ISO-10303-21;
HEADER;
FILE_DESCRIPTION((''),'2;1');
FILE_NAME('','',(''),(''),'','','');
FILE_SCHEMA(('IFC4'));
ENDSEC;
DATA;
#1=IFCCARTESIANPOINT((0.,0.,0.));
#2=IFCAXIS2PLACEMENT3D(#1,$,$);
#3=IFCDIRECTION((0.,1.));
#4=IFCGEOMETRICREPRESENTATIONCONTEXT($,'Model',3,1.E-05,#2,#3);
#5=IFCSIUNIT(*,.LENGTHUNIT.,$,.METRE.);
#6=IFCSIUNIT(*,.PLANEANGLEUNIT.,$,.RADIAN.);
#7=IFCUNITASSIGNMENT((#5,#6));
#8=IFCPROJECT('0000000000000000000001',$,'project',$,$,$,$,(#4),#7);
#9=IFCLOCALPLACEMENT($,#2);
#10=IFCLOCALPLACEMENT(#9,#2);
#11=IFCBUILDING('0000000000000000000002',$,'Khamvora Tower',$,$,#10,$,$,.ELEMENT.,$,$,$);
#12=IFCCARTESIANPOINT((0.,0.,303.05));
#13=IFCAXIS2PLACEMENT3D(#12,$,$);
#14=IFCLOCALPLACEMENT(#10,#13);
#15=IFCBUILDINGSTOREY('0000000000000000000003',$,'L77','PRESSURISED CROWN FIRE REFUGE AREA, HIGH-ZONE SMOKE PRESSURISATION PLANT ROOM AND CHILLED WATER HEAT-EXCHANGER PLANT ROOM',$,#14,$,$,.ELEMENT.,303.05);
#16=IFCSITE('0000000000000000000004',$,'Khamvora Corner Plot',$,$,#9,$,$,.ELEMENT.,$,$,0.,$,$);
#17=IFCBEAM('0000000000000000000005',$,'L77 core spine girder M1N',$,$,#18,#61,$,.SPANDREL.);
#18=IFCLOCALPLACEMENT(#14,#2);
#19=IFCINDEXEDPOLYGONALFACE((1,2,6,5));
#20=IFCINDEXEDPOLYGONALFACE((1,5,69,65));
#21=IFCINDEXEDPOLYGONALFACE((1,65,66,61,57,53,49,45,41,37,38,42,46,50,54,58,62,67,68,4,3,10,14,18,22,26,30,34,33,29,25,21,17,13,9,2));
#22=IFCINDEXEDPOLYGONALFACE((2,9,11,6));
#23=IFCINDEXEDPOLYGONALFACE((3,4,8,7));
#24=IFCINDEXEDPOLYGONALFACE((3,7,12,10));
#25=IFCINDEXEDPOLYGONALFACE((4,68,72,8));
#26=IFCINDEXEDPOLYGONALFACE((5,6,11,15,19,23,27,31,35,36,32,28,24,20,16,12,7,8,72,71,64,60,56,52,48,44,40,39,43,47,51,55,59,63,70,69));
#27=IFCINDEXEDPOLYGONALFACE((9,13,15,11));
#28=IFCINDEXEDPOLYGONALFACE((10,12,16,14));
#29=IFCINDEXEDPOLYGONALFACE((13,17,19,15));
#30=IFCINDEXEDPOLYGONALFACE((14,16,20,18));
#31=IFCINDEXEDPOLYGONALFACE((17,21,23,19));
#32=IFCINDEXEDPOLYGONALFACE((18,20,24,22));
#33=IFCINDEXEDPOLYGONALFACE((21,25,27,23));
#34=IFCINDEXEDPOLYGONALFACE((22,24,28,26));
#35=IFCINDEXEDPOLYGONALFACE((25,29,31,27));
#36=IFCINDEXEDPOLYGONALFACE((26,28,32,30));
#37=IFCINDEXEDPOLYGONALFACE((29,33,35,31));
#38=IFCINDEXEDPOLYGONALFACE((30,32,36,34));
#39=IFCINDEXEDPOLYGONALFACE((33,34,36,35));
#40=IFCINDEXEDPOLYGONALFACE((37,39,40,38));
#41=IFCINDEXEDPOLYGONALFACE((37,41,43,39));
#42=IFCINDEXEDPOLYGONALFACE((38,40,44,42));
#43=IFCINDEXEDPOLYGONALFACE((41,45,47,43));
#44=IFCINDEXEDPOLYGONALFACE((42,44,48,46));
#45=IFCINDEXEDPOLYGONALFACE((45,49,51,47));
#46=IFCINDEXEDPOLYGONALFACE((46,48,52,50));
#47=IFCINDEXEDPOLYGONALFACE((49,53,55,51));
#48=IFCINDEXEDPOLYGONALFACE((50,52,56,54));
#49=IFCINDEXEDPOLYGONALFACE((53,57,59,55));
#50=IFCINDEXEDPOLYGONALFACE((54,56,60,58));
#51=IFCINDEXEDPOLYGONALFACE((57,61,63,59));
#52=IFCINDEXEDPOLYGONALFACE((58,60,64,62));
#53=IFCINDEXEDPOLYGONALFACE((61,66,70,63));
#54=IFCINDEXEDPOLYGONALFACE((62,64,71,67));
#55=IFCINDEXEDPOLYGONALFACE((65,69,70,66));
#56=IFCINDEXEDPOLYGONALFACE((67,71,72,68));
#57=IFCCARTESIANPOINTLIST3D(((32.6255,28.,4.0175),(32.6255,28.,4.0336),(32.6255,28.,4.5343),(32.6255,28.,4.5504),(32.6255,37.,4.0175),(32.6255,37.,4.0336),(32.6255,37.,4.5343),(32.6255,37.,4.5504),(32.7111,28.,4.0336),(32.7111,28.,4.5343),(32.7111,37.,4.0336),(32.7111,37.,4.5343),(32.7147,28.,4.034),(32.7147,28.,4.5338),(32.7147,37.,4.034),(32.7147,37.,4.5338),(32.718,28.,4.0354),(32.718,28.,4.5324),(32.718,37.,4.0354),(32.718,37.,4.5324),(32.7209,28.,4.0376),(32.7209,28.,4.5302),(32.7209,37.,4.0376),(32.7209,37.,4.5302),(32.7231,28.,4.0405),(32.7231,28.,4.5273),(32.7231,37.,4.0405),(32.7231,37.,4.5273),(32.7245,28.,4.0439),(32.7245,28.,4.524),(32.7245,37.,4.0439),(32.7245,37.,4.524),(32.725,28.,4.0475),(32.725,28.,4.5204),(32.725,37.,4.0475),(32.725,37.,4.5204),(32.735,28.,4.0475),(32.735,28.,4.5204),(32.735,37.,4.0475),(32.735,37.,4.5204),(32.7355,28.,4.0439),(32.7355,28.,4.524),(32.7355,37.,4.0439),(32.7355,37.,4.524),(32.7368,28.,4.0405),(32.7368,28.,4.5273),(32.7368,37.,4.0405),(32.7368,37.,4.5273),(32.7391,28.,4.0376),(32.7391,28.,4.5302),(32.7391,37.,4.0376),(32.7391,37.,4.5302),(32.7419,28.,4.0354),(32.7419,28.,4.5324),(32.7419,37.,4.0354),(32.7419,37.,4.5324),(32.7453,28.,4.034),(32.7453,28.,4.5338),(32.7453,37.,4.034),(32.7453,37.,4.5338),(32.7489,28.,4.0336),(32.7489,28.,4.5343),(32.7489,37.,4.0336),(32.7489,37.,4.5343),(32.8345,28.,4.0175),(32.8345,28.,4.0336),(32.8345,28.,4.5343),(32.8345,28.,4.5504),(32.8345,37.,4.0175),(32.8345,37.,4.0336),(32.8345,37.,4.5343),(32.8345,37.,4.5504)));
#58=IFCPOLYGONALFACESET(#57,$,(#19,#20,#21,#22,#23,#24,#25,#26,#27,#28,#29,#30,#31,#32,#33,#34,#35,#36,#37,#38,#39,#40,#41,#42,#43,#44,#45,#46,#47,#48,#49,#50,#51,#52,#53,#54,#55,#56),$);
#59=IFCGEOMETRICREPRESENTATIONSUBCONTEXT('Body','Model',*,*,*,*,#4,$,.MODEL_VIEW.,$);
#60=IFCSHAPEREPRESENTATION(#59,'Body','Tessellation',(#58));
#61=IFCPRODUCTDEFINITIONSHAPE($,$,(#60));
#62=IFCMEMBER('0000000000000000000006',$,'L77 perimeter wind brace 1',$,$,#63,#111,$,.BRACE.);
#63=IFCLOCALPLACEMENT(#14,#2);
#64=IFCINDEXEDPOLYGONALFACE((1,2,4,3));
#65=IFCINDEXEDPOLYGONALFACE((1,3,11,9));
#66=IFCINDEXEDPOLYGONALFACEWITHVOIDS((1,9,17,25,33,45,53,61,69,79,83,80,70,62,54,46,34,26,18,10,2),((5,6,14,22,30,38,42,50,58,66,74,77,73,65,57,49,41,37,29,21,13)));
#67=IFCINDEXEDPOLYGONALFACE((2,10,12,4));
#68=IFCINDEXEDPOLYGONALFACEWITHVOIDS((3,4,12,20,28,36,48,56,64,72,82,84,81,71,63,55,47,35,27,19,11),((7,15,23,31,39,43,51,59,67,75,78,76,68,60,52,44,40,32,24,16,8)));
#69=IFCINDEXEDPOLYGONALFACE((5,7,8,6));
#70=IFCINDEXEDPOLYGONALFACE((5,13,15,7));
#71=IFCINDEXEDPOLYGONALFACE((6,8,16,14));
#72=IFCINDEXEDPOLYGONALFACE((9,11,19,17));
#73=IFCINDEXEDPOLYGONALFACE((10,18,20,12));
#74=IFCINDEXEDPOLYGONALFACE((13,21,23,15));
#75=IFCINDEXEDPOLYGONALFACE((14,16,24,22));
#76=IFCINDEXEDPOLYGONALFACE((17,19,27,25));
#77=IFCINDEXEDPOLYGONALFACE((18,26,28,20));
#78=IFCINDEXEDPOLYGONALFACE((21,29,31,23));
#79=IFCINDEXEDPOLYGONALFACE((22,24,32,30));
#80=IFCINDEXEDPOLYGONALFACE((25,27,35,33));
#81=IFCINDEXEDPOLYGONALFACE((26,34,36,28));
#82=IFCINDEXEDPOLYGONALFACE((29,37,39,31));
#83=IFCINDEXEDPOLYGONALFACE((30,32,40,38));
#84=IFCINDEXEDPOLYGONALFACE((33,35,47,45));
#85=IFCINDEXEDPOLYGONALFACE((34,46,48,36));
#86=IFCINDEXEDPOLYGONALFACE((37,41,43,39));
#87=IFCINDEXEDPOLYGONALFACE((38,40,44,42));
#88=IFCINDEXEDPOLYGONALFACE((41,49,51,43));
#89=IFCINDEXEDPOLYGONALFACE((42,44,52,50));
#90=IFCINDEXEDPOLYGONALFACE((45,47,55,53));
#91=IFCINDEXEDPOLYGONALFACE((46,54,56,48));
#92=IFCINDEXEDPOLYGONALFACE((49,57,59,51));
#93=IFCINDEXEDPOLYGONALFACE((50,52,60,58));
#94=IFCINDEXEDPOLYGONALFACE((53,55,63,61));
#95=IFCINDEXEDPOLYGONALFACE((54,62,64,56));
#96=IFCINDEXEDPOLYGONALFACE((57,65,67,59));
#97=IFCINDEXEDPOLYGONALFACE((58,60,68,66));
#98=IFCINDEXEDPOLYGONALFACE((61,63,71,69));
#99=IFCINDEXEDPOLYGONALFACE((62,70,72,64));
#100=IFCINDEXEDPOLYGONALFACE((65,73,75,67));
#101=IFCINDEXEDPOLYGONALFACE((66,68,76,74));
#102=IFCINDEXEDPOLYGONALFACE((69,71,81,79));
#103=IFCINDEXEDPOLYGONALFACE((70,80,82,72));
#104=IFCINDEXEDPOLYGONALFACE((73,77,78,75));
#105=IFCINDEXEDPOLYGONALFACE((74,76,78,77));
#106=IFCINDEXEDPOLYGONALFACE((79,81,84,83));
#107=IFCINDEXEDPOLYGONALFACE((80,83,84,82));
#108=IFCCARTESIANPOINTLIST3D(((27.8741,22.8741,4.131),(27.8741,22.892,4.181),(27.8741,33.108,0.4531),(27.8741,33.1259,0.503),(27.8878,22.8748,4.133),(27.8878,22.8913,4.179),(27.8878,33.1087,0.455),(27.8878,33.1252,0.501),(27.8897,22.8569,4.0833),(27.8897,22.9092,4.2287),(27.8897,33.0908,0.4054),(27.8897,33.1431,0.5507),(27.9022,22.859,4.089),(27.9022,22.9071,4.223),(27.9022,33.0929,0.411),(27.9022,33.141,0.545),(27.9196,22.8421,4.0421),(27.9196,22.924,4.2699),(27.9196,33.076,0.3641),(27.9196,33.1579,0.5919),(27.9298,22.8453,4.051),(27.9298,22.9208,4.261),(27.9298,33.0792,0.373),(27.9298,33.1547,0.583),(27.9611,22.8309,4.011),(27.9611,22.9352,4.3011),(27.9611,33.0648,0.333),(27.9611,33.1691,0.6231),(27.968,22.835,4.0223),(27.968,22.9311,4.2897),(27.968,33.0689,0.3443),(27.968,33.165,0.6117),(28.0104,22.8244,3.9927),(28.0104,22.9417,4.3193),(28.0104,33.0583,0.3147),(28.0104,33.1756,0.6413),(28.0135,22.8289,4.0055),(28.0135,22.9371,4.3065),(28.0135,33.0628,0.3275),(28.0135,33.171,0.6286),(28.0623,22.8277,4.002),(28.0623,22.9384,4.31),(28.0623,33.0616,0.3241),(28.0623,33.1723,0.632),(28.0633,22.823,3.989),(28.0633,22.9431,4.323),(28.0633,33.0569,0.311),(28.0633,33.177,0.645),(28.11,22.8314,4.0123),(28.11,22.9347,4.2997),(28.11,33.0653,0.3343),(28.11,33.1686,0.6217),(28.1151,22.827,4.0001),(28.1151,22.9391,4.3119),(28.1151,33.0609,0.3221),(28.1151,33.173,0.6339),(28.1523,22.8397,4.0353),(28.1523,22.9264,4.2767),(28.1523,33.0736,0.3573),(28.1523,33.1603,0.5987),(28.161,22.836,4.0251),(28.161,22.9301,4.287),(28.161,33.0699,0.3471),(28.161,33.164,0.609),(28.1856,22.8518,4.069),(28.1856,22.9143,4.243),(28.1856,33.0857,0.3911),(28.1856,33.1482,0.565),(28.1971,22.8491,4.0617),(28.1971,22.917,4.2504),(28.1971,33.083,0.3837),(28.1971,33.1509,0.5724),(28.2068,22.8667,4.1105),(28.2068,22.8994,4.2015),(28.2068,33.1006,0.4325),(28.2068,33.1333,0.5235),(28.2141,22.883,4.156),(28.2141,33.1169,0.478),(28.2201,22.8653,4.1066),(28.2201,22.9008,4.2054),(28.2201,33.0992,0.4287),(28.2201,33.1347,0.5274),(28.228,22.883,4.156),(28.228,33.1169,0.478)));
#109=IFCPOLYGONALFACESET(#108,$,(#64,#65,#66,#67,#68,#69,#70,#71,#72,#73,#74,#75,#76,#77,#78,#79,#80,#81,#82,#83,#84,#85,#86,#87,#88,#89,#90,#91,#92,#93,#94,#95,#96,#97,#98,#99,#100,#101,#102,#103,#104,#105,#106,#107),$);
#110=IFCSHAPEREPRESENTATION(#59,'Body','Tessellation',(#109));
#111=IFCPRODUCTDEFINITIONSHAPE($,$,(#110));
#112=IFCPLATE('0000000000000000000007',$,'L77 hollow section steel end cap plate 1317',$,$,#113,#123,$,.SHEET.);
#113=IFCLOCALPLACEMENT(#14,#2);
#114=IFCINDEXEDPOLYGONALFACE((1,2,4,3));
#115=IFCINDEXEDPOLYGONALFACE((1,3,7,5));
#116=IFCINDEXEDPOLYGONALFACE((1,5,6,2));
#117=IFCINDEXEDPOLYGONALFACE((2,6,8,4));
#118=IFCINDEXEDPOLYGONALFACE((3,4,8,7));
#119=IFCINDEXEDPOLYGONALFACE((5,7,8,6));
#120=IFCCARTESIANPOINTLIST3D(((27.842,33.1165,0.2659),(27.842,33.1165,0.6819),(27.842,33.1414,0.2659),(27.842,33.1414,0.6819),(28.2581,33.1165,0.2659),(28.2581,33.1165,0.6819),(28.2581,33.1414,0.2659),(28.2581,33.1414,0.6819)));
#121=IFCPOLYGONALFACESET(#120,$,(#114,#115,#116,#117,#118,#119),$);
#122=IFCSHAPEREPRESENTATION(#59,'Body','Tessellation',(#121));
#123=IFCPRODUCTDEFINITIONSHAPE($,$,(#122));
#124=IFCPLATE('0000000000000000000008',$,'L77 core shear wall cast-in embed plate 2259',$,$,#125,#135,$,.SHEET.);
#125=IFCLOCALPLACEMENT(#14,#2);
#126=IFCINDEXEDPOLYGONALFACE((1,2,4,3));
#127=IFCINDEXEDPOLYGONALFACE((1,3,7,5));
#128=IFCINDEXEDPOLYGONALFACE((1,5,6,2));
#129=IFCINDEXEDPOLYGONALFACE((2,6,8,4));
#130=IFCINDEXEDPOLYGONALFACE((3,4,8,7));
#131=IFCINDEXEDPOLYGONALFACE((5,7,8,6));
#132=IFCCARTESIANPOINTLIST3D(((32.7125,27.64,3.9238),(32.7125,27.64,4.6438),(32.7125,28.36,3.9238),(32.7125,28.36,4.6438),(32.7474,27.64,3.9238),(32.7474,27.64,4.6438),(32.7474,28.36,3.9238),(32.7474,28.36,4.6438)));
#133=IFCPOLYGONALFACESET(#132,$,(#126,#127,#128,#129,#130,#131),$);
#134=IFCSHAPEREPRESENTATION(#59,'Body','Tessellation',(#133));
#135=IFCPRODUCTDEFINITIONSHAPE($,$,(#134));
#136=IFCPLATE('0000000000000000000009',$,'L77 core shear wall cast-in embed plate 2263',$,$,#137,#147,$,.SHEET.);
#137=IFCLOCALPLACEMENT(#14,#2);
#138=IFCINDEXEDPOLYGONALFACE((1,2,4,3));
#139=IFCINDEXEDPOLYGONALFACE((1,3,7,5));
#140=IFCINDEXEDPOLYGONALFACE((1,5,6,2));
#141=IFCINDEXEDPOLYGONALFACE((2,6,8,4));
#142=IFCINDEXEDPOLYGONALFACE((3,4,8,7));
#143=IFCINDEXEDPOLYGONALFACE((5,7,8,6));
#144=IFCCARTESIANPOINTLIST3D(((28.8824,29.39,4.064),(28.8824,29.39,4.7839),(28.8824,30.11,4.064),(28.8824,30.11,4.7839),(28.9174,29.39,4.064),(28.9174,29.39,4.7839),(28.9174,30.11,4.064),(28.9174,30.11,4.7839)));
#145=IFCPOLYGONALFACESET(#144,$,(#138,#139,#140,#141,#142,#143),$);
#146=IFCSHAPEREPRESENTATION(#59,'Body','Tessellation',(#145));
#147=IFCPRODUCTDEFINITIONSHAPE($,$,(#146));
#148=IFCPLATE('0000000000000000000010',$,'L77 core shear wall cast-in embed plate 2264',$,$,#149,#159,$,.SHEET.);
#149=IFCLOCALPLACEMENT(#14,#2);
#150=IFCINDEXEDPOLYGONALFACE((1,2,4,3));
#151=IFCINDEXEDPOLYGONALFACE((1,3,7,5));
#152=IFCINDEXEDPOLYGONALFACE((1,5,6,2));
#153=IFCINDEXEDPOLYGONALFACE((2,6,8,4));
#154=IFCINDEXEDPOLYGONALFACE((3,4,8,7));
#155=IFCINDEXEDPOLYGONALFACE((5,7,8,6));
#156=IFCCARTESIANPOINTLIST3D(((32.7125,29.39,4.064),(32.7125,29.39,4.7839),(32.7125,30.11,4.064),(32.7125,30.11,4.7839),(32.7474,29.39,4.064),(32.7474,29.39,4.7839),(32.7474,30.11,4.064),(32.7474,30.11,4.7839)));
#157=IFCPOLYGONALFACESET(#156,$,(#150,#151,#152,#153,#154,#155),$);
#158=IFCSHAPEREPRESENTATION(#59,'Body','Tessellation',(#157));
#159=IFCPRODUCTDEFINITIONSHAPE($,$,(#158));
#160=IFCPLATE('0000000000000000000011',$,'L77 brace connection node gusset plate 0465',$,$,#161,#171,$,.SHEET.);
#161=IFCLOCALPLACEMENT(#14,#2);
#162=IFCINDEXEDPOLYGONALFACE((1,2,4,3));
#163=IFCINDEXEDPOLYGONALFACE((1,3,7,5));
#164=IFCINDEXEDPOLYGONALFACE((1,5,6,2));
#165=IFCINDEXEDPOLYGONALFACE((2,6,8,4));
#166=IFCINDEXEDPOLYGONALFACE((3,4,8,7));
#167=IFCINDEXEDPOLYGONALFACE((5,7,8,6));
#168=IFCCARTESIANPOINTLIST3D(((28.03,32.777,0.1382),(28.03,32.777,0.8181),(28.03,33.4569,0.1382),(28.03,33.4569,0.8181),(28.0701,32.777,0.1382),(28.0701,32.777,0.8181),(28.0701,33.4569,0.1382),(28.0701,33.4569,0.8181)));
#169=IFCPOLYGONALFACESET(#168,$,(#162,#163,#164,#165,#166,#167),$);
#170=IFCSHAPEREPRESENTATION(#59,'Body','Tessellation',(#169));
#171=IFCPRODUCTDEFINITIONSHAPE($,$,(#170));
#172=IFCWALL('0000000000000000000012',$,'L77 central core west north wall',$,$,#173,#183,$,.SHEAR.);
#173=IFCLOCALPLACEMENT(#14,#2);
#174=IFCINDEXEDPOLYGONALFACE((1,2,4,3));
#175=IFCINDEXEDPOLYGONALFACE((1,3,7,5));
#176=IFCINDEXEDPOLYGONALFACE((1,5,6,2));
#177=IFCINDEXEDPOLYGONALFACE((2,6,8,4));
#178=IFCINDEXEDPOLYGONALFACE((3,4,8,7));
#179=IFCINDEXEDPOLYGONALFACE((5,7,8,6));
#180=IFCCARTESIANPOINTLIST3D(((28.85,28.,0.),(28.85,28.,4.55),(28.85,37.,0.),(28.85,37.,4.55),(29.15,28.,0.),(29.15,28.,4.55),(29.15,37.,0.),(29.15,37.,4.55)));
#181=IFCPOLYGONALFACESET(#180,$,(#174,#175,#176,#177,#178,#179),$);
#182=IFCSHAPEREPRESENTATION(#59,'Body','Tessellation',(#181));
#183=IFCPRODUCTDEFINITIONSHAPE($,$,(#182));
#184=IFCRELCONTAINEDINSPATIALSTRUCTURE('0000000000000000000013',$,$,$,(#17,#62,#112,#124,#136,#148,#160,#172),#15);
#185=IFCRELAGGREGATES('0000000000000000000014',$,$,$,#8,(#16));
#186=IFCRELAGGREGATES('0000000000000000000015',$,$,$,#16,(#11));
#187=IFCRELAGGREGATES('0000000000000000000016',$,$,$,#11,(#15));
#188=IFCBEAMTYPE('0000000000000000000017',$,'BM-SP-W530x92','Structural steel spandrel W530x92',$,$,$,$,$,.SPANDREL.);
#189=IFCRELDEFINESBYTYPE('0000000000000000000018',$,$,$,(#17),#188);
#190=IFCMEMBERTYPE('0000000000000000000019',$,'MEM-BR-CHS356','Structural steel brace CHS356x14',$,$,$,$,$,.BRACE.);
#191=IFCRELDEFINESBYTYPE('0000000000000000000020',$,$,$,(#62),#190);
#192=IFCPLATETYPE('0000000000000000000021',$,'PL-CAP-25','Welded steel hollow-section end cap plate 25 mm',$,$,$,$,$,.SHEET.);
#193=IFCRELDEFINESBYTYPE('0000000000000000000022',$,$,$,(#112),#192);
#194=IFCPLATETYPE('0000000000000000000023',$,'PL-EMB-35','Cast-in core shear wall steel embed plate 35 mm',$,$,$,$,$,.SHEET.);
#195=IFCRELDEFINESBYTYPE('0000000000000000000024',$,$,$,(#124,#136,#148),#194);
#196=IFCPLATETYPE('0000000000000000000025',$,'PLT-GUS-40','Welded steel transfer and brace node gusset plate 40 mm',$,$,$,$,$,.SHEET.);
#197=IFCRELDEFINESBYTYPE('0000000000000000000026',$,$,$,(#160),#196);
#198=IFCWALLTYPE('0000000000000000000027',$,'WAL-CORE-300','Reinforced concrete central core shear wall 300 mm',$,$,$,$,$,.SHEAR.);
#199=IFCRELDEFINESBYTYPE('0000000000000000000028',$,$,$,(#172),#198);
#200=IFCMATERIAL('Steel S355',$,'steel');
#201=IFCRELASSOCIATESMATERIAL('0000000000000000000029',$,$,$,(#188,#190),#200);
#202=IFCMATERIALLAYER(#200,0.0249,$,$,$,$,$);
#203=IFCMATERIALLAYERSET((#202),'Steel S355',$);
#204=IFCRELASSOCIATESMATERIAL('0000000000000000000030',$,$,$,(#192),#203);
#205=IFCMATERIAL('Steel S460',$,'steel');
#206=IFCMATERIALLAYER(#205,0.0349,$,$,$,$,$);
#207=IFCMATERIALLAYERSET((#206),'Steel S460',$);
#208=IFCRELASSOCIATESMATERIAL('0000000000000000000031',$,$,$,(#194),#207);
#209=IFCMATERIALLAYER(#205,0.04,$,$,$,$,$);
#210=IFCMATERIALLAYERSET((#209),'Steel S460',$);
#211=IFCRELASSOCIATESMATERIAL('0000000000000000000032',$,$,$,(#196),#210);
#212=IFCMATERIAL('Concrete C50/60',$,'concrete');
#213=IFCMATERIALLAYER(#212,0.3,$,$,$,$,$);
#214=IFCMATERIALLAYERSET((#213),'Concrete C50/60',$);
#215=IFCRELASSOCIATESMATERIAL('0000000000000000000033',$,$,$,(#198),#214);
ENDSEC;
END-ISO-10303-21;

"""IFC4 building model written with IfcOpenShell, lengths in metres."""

from ifc_helpers import new_model, si_unit, direction, frame, frame_2d, origin, origin_2d, place, context, subcontext, project, spatial, rectangle, hollow_circle, i_section, extrude, material, layer, layer_set, material_profile, profile_set, type_object, element, save


model = new_model("IFC4")

# Units and contexts
model_context = context("Model", 3, precision=1e-05, world=origin(), true_north=direction((0.0, 1.0)))
body_context = subcontext(model_context, "Body", "Model", "MODEL_VIEW")
ifc_project = project(units=[si_unit("LENGTHUNIT", "METRE"), si_unit("PLANEANGLEUNIT", "RADIAN")], contexts=[model_context])

# Site, building, storey
site_placement = place(None, origin())
site = spatial("IfcSite", under=ifc_project, at=site_placement, Name="Khamvora Corner Plot", CompositionType="ELEMENT", RefElevation=0.0)
building_placement = place(site_placement, origin())
building = spatial("IfcBuilding", under=site, at=building_placement, Name="Khamvora Tower", CompositionType="ELEMENT")
storey_placement = place(building_placement, frame((0.0, 0.0, 303.05)))
storey = spatial("IfcBuildingStorey", under=building, at=storey_placement, Name="L77", Description="PRESSURISED CROWN FIRE REFUGE AREA, HIGH-ZONE SMOKE PRESSURISATION PLANT ROOM AND CHILLED WATER HEAT-EXCHANGER PLANT ROOM", CompositionType="ELEMENT", Elevation=303.05)

# Shared definitions
ifc_material_1 = material(Name="Steel S355", Category="steel")

# Beam
ifc_material_profile_1 = material_profile(ifc_material_1, i_section(OverallWidth=0.209, OverallDepth=0.533, WebThickness=0.01, FlangeThickness=0.0161, FilletRadius=0.0139, at=origin_2d()), Name="W530x92")
ifc_profile_set_1 = profile_set([ifc_material_profile_1], Name="Steel S355")
beam_type_1 = type_object("IfcBeamType", Name="BM-SP-W530x92", Description="Structural steel spandrel W530x92", PredefinedType="SPANDREL", material=ifc_profile_set_1)
beam_1_placement = place(storey_placement, frame((32.73, 28.0, 4.2839), z_axis=(0.0, 1.0, 0.0), x_axis=(-1.0, 0.0, 0.0)))
element("IfcBeam", 1, at=beam_1_placement, inside=storey, type_object=beam_type_1, Name="L77 core spine girder M1N", PredefinedType="SPANDREL", context=body_context, shape_type="SweptSolid", body=[
    extrude(i_section(OverallWidth=0.209, OverallDepth=0.533, WebThickness=0.01, FlangeThickness=0.0161, FilletRadius=0.0139, at=origin_2d()), origin(), (0.0, 0.0, 1.0), 9.0),
])

# Member
ifc_material_profile_2 = material_profile(ifc_material_1, hollow_circle(Radius=0.178, WallThickness=0.0139, at=origin_2d()), Name="CHS356x14")
ifc_profile_set_2 = profile_set([ifc_material_profile_2], Name="Steel S355")
member_type = type_object("IfcMemberType", Name="MEM-BR-CHS356", Description="Structural steel brace CHS356x14", PredefinedType="BRACE", material=ifc_profile_set_2)
member_placement = place(storey_placement, frame((28.05, 33.1169, 0.478), z_axis=(0.0, -0.94107, 0.338213), x_axis=(1.0, 0.0, 0.0)))
element("IfcMember", 2, at=member_placement, inside=storey, type_object=member_type, Name="L77 perimeter wind brace 1", PredefinedType="BRACE", context=body_context, shape_type="SweptSolid", body=[
    extrude(hollow_circle(Radius=0.178, WallThickness=0.0139, at=origin_2d()), origin(), (0.0, 0.0, 1.0), 10.8748),
])

# Plates
ifc_layer_1 = layer(ifc_material_1, 0.0249)
ifc_layer_set_1 = layer_set([ifc_layer_1], Name="Steel S355")
plate_type_1 = type_object("IfcPlateType", Name="PL-CAP-25", Description="Welded steel hollow-section end cap plate 25 mm", PredefinedType="SHEET", material=ifc_layer_set_1)
plate_1_placement = place(storey_placement, frame((28.05, 33.1289, 0.2659), z_axis=(0.0, 0.0, 1.0), x_axis=(0.0, -1.0, 0.0)))
element("IfcPlate", 3, at=plate_1_placement, inside=storey, type_object=plate_type_1, Name="L77 hollow section steel end cap plate 1317", PredefinedType="SHEET", context=body_context, shape_type="SweptSolid", body=[
    extrude(rectangle(XDim=0.0249, YDim=0.416, at=origin_2d()), origin(), (0.0, 0.0, 1.0), 0.416),
])
ifc_material_2 = material(Name="Steel S460", Category="steel")
ifc_layer_2 = layer(ifc_material_2, 0.0349)
ifc_layer_set_2 = layer_set([ifc_layer_2], Name="Steel S460")
plate_type_2 = type_object("IfcPlateType", Name="PL-EMB-35", Description="Cast-in core shear wall steel embed plate 35 mm", PredefinedType="SHEET", material=ifc_layer_set_2)
for number, where, z_axis, x_axis, name in (
    (4, (32.73, 28.0, 3.9238), (0.0, 0.0, 1.0), (1.0, 0.0, 0.0), "L77 core shear wall cast-in embed plate 2259"),
    (5, (28.8999, 29.75, 4.064), (0.0, 0.0, 1.0), (1.0, 0.0, 0.0), "L77 core shear wall cast-in embed plate 2263"),
    (6, (32.73, 29.75, 4.064), (0.0, 0.0, 1.0), (1.0, 0.0, 0.0), "L77 core shear wall cast-in embed plate 2264"),
):
    element("IfcPlate", number, at=place(storey_placement, frame(where, z_axis=z_axis, x_axis=x_axis)), inside=storey, type_object=plate_type_2, Name=name, PredefinedType="SHEET", context=body_context, shape_type="SweptSolid", body=[
        extrude(rectangle(XDim=0.0349, YDim=0.72, at=origin_2d()), origin(), (0.0, 0.0, 1.0), 0.72),
    ])
ifc_layer_3 = layer(ifc_material_2, 0.04)
ifc_layer_set_3 = layer_set([ifc_layer_3], Name="Steel S460")
plate_type_3 = type_object("IfcPlateType", Name="PLT-GUS-40", Description="Welded steel transfer and brace node gusset plate 40 mm", PredefinedType="SHEET", material=ifc_layer_set_3)
plate_2_placement = place(storey_placement, frame((28.05, 33.1169, 0.1382), z_axis=(0.0, 0.0, 1.0), x_axis=(0.0, 1.0, 0.0)))
element("IfcPlate", 7, at=plate_2_placement, inside=storey, type_object=plate_type_3, Name="L77 brace connection node gusset plate 0465", PredefinedType="SHEET", context=body_context, shape_type="SweptSolid", body=[
    extrude(rectangle(XDim=0.6799, YDim=0.04, at=origin_2d()), origin(), (0.0, 0.0, 1.0), 0.6799),
])

# Wall
ifc_material_3 = material(Name="Concrete C50/60", Category="concrete")
ifc_layer_4 = layer(ifc_material_3, 0.3)
ifc_layer_set_4 = layer_set([ifc_layer_4], Name="Concrete C50/60")
wall_type_1 = type_object("IfcWallType", Name="WAL-CORE-300", Description="Reinforced concrete central core shear wall 300 mm", PredefinedType="SHEAR", material=ifc_layer_set_4)
wall_1_placement = place(storey_placement, frame((29.0, 28.0, 0.0), z_axis=(0.0, 0.0, 1.0), x_axis=(0.0, 1.0, 0.0)))
element("IfcWall", 8, at=wall_1_placement, inside=storey, type_object=wall_type_1, Name="L77 central core west north wall", PredefinedType="SHEAR", context=body_context, shape_type="SweptSolid", body=[
    extrude(rectangle(XDim=9.0, YDim=0.3, at=frame_2d((4.5, 0.0))), origin(), (0.0, 0.0, 1.0), 4.55),
])

save(model, "model.ifc")
